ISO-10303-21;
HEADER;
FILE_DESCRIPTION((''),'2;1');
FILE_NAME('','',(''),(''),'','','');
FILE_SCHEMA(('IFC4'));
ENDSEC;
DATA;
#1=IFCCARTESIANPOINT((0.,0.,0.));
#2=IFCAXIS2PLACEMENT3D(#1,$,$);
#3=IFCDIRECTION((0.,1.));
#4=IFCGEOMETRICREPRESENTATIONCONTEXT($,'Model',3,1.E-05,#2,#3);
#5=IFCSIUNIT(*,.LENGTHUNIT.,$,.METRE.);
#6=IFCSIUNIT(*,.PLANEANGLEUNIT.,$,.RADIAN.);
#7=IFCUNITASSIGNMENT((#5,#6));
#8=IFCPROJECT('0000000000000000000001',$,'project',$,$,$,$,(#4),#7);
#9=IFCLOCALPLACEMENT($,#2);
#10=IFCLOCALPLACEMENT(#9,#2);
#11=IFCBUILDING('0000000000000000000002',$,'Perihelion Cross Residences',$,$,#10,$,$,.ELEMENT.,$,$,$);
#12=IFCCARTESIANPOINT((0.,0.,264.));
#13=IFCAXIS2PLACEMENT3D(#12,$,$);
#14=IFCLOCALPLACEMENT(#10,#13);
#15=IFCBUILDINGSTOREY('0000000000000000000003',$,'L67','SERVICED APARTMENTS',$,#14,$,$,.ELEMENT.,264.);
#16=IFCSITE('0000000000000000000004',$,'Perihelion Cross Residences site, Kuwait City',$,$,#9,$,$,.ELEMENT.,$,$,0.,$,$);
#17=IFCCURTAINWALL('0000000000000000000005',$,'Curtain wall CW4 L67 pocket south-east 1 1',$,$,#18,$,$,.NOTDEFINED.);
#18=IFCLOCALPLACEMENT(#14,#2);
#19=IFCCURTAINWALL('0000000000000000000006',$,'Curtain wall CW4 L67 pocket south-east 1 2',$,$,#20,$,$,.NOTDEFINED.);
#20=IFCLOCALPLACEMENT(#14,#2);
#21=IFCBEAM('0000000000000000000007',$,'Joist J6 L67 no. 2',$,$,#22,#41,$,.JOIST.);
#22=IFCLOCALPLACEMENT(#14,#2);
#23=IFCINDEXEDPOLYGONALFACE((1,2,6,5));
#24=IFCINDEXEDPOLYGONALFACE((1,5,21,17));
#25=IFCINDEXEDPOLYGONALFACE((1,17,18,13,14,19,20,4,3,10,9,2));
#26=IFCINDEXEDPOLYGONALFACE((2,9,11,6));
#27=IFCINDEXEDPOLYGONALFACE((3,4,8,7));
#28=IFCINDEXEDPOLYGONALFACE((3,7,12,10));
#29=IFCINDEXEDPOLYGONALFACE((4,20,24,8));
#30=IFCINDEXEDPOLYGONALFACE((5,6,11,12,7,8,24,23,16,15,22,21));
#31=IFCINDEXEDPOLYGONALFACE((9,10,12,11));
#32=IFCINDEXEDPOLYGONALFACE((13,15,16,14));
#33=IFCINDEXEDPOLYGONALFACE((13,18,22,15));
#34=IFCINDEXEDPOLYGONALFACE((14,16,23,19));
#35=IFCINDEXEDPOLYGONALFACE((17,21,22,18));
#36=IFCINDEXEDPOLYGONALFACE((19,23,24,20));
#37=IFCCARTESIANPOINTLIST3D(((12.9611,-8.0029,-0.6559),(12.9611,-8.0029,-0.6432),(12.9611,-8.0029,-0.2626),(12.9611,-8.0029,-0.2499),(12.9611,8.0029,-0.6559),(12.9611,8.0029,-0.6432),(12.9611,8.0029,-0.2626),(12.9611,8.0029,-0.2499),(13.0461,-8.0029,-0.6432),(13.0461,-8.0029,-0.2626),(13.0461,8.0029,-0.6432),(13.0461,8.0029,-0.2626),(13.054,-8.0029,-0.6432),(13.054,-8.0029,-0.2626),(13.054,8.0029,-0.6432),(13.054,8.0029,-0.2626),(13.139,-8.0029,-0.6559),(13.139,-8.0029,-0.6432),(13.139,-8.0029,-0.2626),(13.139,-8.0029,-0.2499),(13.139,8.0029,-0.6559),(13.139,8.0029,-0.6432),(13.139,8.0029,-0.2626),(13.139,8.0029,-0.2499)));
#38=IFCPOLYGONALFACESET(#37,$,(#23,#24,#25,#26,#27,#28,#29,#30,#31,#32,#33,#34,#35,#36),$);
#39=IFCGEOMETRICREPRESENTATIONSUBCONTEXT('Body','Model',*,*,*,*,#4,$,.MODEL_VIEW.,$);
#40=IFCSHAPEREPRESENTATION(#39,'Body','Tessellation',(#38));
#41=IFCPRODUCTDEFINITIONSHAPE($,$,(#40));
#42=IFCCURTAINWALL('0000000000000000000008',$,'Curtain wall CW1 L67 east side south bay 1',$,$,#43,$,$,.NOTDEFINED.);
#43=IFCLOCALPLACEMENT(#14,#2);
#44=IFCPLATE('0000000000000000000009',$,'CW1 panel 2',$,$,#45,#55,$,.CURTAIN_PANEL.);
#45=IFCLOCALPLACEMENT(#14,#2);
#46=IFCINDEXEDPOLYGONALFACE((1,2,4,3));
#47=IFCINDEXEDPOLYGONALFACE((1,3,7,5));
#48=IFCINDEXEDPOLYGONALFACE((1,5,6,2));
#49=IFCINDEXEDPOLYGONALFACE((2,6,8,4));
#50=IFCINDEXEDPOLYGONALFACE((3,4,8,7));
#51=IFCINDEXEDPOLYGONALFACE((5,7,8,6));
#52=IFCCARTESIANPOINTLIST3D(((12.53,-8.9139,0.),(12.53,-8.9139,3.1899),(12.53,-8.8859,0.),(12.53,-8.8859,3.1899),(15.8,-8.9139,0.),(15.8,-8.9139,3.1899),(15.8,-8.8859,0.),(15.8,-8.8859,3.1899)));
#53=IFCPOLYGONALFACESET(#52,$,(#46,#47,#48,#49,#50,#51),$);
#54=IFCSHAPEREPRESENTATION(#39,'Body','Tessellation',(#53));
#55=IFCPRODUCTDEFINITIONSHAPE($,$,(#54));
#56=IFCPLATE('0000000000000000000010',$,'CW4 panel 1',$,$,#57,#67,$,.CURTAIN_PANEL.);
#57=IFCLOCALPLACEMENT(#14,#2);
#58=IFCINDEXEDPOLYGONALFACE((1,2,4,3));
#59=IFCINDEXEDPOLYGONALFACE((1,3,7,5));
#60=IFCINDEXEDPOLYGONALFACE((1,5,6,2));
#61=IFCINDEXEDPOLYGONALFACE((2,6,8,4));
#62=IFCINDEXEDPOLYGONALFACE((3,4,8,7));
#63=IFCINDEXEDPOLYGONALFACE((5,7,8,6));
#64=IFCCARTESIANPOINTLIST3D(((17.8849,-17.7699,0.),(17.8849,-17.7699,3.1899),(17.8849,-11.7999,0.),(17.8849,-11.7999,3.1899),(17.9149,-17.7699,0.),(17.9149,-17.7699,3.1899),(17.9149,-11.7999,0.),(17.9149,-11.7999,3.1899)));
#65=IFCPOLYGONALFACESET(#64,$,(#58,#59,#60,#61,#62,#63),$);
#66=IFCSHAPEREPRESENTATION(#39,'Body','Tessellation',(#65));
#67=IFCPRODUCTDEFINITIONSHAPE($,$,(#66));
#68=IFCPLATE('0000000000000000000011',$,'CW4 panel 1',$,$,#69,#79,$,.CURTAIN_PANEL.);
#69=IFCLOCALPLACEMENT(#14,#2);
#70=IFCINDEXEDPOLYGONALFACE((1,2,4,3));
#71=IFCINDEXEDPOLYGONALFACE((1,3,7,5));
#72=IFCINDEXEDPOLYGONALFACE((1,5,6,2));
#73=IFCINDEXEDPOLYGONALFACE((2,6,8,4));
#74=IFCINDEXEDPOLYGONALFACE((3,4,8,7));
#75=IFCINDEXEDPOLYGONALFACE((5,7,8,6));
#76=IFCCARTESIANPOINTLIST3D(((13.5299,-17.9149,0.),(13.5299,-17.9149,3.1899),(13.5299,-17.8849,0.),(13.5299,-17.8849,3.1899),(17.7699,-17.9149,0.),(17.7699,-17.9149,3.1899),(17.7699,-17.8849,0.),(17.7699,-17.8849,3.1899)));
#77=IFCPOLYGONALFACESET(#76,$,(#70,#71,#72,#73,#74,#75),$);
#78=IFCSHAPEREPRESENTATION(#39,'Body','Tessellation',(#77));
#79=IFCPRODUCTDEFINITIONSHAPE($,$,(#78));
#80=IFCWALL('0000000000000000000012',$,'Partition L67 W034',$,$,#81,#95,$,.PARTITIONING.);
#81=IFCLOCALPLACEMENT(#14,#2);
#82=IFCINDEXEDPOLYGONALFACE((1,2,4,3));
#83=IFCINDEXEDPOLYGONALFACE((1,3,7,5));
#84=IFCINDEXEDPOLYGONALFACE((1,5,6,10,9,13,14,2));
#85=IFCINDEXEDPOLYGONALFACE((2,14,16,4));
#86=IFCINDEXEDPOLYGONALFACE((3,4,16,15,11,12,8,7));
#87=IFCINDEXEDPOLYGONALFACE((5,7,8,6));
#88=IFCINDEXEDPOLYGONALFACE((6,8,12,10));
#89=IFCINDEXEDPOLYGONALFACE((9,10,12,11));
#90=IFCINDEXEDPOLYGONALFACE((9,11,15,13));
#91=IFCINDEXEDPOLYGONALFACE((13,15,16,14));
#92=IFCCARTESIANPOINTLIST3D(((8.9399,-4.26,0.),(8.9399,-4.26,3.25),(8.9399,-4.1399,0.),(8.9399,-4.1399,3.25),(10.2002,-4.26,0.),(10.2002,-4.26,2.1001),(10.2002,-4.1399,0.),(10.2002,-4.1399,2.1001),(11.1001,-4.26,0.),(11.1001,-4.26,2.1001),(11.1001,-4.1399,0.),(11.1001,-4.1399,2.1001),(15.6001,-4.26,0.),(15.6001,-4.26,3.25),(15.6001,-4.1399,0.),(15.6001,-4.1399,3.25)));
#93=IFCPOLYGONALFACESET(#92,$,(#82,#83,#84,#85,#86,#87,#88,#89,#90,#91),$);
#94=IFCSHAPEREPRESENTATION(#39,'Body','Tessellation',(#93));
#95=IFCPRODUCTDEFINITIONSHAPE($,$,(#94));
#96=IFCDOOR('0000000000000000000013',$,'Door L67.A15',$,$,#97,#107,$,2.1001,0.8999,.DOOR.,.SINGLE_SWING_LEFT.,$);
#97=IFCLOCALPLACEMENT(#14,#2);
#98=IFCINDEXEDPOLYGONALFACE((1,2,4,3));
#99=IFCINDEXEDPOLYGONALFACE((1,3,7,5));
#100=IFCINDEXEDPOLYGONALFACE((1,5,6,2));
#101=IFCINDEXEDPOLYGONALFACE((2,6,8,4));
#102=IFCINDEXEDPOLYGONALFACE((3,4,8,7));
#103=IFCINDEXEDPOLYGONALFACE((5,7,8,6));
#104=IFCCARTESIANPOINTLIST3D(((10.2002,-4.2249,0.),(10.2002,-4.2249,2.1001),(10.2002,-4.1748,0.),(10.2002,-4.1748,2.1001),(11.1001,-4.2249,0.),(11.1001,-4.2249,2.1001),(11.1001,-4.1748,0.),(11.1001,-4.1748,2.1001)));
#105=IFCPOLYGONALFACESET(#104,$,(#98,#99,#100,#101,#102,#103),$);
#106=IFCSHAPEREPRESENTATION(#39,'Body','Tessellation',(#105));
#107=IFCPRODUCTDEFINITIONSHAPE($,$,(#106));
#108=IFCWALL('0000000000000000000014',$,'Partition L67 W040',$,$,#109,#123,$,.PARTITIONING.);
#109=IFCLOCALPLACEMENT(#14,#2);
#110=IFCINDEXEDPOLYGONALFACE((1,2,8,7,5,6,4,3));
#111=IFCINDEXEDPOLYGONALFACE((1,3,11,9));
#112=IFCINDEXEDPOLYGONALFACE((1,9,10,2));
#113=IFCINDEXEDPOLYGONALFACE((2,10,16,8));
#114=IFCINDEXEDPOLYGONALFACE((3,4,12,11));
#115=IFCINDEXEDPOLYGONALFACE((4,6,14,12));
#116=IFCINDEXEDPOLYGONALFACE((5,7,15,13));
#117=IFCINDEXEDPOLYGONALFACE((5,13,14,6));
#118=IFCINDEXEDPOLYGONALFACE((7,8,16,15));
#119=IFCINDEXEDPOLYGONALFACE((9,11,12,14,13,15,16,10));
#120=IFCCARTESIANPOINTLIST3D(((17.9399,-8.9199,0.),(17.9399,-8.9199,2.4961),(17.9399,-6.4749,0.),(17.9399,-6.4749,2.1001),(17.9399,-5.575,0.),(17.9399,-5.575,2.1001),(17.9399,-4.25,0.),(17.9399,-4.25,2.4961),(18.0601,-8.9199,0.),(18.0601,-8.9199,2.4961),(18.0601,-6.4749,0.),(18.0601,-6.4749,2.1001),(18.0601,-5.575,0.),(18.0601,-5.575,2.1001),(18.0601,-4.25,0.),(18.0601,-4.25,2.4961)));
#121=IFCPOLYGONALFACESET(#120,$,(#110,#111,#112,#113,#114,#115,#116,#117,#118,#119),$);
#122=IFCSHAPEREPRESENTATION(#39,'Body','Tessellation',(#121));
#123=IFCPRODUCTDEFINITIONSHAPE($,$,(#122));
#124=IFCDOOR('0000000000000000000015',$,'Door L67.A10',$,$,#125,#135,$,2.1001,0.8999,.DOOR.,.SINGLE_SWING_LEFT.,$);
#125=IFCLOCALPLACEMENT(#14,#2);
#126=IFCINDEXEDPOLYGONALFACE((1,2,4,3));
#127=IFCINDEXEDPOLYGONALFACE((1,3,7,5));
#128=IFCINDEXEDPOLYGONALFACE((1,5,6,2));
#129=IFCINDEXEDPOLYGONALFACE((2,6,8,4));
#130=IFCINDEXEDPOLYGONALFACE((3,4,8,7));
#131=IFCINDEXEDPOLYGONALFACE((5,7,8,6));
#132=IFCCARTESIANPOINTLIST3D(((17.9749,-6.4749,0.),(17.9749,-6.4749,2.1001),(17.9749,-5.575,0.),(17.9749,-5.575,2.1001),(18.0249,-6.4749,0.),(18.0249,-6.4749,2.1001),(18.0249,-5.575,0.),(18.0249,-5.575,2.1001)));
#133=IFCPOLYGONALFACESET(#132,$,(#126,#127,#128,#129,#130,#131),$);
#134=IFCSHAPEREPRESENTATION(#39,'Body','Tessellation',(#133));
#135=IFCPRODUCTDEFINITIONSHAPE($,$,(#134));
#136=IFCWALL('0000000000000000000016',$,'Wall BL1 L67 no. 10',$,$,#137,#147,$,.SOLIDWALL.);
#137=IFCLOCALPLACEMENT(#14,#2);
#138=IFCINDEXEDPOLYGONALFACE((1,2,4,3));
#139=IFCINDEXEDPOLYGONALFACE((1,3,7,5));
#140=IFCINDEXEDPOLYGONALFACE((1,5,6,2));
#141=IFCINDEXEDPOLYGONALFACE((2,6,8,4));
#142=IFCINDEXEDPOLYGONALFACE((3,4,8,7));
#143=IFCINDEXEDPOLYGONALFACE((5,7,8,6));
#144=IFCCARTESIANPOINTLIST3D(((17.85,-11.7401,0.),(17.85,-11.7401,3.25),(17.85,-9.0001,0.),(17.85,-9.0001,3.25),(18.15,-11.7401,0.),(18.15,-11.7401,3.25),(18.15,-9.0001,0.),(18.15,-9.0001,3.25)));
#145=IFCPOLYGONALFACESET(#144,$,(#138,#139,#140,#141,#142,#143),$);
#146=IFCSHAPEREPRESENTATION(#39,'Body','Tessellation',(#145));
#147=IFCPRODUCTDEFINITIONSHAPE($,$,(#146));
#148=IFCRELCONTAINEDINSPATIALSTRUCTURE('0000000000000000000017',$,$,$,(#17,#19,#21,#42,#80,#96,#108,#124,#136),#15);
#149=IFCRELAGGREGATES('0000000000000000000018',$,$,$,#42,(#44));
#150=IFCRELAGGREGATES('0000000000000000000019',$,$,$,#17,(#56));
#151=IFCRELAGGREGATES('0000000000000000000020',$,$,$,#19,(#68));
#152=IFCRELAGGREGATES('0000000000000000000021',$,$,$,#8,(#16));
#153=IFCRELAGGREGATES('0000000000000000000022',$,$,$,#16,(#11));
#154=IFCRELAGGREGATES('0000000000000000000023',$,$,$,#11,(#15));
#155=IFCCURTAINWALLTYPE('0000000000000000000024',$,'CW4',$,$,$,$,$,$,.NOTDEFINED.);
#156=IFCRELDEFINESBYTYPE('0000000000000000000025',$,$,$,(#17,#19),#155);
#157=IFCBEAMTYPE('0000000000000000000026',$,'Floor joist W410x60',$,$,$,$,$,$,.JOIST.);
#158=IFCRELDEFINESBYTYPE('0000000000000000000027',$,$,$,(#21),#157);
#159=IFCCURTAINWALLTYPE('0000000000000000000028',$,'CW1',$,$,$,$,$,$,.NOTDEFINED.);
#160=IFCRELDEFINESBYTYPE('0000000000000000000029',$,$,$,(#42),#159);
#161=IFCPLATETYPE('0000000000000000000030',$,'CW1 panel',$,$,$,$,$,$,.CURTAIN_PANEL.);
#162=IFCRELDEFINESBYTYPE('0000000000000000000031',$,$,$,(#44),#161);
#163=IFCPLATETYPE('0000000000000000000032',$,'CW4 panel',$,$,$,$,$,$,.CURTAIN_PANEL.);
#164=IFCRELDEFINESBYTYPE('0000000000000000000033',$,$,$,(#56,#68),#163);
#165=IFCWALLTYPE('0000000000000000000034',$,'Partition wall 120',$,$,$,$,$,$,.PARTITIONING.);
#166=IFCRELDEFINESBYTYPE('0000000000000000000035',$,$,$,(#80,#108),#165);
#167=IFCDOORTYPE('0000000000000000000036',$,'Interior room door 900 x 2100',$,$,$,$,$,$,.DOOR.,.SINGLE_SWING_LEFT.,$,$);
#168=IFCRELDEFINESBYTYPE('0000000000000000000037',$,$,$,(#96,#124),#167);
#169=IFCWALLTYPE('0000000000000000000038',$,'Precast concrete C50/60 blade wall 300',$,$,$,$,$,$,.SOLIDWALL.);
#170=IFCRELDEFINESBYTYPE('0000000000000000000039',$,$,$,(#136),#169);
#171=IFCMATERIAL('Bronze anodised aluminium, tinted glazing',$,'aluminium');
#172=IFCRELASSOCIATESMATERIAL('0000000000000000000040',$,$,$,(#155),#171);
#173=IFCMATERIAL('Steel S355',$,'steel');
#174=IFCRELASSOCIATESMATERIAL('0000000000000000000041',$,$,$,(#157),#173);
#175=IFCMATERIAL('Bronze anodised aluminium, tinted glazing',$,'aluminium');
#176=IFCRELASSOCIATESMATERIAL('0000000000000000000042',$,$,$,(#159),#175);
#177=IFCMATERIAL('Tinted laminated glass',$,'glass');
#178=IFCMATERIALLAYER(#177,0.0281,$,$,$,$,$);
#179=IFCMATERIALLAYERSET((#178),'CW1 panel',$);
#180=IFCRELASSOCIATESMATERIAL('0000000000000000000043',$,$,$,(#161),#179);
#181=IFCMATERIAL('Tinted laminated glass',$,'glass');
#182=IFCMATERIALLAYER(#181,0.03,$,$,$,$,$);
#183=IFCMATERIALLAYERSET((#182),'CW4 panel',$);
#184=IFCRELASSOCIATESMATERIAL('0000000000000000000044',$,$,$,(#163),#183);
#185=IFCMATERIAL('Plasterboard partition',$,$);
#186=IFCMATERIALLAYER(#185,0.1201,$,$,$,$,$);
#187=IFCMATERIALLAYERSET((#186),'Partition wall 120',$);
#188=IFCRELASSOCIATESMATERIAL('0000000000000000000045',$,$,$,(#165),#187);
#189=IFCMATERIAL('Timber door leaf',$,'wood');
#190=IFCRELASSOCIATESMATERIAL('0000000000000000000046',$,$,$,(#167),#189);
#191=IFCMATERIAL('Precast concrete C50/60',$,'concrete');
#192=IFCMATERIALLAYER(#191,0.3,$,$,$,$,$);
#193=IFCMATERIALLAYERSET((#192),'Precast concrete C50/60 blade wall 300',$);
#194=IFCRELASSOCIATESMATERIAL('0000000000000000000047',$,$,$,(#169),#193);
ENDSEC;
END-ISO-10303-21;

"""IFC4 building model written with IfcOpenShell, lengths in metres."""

from ifc_helpers import new_model, si_unit, direction, frame, frame_2d, origin, origin_2d, place, context, subcontext, project, spatial, rectangle, i_section, extrude, material, layer, layer_set, material_profile, profile_set, type_object, element, fill, aggregate, save


model = new_model("IFC4")

# Units and contexts
model_context = context("Model", 3, precision=1e-05, world=origin(), true_north=direction((0.0, 1.0)))
body_context = subcontext(model_context, "Body", "Model", "MODEL_VIEW")
ifc_project = project(units=[si_unit("LENGTHUNIT", "METRE"), si_unit("PLANEANGLEUNIT", "RADIAN")], contexts=[model_context])

# Site, building, storey
site_placement = place(None, origin())
site = spatial("IfcSite", under=ifc_project, at=site_placement, Name="Perihelion Cross Residences site, Kuwait City", CompositionType="ELEMENT", RefElevation=0.0)
building_placement = place(site_placement, origin())
building = spatial("IfcBuilding", under=site, at=building_placement, Name="Perihelion Cross Residences", CompositionType="ELEMENT")
storey_placement = place(building_placement, frame((0.0, 0.0, 264.0)))
storey = spatial("IfcBuildingStorey", under=building, at=storey_placement, Name="L67", Description="SERVICED APARTMENTS", CompositionType="ELEMENT", Elevation=264.0)

# Curtain walls
ifc_material_1 = material(Name="Bronze anodised aluminium, tinted glazing", Category="aluminium")
curtain_wall_type_1 = type_object("IfcCurtainWallType", Name="CW4", PredefinedType="NOTDEFINED", material=ifc_material_1)
curtain_wall_1_placement = place(storey_placement, origin())
curtain_wall_1 = element("IfcCurtainWall", 1, at=curtain_wall_1_placement, inside=storey, type_object=curtain_wall_type_1, Name="Curtain wall CW4 L67 pocket south-east 1 1", PredefinedType="NOTDEFINED")
curtain_wall_2_placement = place(storey_placement, origin())
curtain_wall_2 = element("IfcCurtainWall", 2, at=curtain_wall_2_placement, inside=storey, type_object=curtain_wall_type_1, Name="Curtain wall CW4 L67 pocket south-east 1 2", PredefinedType="NOTDEFINED")

# Beam
ifc_material_2 = material(Name="Steel S355", Category="steel")
ifc_material_profile_1 = material_profile(ifc_material_2, i_section(OverallWidth=0.178, OverallDepth=0.406, WebThickness=0.0078, FlangeThickness=0.0127, at=origin_2d()), Name="W410x60")
ifc_profile_set_1 = profile_set([ifc_material_profile_1], Name="Steel S355")
beam_type_1 = type_object("IfcBeamType", Name="Floor joist W410x60", PredefinedType="JOIST", material=ifc_profile_set_1)
beam_1_placement = place(storey_placement, frame((13.05, -8.0029, -0.4529), z_axis=(0.0, 1.0, 0.0), x_axis=(-1.0, 0.0, 0.0)))
element("IfcBeam", 3, at=beam_1_placement, inside=storey, type_object=beam_type_1, Name="Joist J6 L67 no. 2", PredefinedType="JOIST", context=body_context, shape_type="SweptSolid", body=[
    extrude(i_section(OverallWidth=0.178, OverallDepth=0.406, WebThickness=0.0078, FlangeThickness=0.0127, at=origin_2d()), origin(), (0.0, 0.0, 1.0), 16.0059),
])

# Curtain wall, plate
ifc_material_3 = material(Name="Bronze anodised aluminium, tinted glazing", Category="aluminium")
curtain_wall_type_2 = type_object("IfcCurtainWallType", Name="CW1", PredefinedType="NOTDEFINED", material=ifc_material_3)
curtain_wall_3_placement = place(storey_placement, origin())
curtain_wall_3 = element("IfcCurtainWall", 4, at=curtain_wall_3_placement, inside=storey, type_object=curtain_wall_type_2, Name="Curtain wall CW1 L67 east side south bay 1", PredefinedType="NOTDEFINED")
ifc_material_4 = material(Name="Tinted laminated glass", Category="glass")
ifc_layer_1 = layer(ifc_material_4, 0.0281)
ifc_layer_set_1 = layer_set([ifc_layer_1], Name="CW1 panel")
plate_type_1 = type_object("IfcPlateType", Name="CW1 panel", PredefinedType="CURTAIN_PANEL", material=ifc_layer_set_1)
plate_1_placement = place(storey_placement, frame((14.165, -8.8999, 0.0), z_axis=(0.0, 0.0, 1.0), x_axis=(1.0, 0.0, 0.0)))
plate_1 = element("IfcPlate", 5, at=plate_1_placement, type_object=plate_type_1, Name="CW1 panel 2", PredefinedType="CURTAIN_PANEL", context=body_context, shape_type="SweptSolid", body=[
    extrude(rectangle(XDim=3.27, YDim=0.0281, at=origin_2d()), origin(), (0.0, 0.0, 1.0), 3.1899),
])
aggregate(curtain_wall_3, [plate_1])

# Plates
ifc_material_5 = material(Name="Tinted laminated glass", Category="glass")
ifc_layer_2 = layer(ifc_material_5, 0.03)
ifc_layer_set_2 = layer_set([ifc_layer_2], Name="CW4 panel")
plate_type_2 = type_object("IfcPlateType", Name="CW4 panel", PredefinedType="CURTAIN_PANEL", material=ifc_layer_set_2)
plate_2_placement = place(storey_placement, frame((17.8999, -14.7849, 0.0), z_axis=(0.0, 0.0, 1.0), x_axis=(0.0, -1.0, 0.0)))
plate_2 = element("IfcPlate", 6, at=plate_2_placement, type_object=plate_type_2, Name="CW4 panel 1", PredefinedType="CURTAIN_PANEL", context=body_context, shape_type="SweptSolid", body=[
    extrude(rectangle(XDim=5.97, YDim=0.03, at=origin_2d()), origin(), (0.0, 0.0, 1.0), 3.1899),
])
aggregate(curtain_wall_1, [plate_2])
plate_3_placement = place(storey_placement, frame((15.6499, -17.8999, 0.0), z_axis=(0.0, 0.0, 1.0), x_axis=(-1.0, 0.0, 0.0)))
plate_3 = element("IfcPlate", 7, at=plate_3_placement, type_object=plate_type_2, Name="CW4 panel 1", PredefinedType="CURTAIN_PANEL", context=body_context, shape_type="SweptSolid", body=[
    extrude(rectangle(XDim=4.24, YDim=0.03, at=origin_2d()), origin(), (0.0, 0.0, 1.0), 3.1899),
])
aggregate(curtain_wall_2, [plate_3])

# Walls, openings, doors
ifc_material_6 = material(Name="Plasterboard partition")
ifc_layer_3 = layer(ifc_material_6, 0.1201)
ifc_layer_set_3 = layer_set([ifc_layer_3], Name="Partition wall 120")
wall_type_1 = type_object("IfcWallType", Name="Partition wall 120", PredefinedType="PARTITIONING", material=ifc_layer_set_3)
wall_1_placement = place(storey_placement, frame((15.6001, -4.2, 0.0), z_axis=(0.0, 0.0, 1.0), x_axis=(-1.0, 0.0, 0.0)))
wall_1 = element("IfcWall", 8, at=wall_1_placement, inside=storey, type_object=wall_type_1, Name="Partition L67 W034", PredefinedType="PARTITIONING", context=body_context, shape_type="SweptSolid", body=[
    extrude(rectangle(XDim=6.6602, YDim=0.1201, at=frame_2d((3.3301, 0.0))), origin(), (0.0, 0.0, 1.0), 3.25),
])
opening_1_placement = place(wall_1_placement, frame((4.5, 0.0, 0.0)))
opening_1 = element("IfcOpeningElement", 9, at=opening_1_placement, cuts=wall_1, PredefinedType="OPENING", context=body_context, shape_type="SweptSolid", body=[
    extrude(rectangle(XDim=0.8999, YDim=2.1001, at=frame_2d((0.45, 1.05))), frame((0.0, 0.0701, 0.0), z_axis=(0.0, -1.0, 0.0), x_axis=(1.0, 0.0, 0.0)), (0.0, 0.0, 1.0), 0.1401),
])
ifc_material_7 = material(Name="Timber door leaf", Category="wood")
door_type_1 = type_object("IfcDoorType", Name="Interior room door 900 x 2100", OperationType="SINGLE_SWING_LEFT", PredefinedType="DOOR", material=ifc_material_7)
door_1_placement = place(opening_1_placement, origin())
door_1 = element("IfcDoor", 10, at=door_1_placement, inside=storey, type_object=door_type_1, Name="Door L67.A15", OperationType="SINGLE_SWING_LEFT", OverallHeight=2.1001, OverallWidth=0.8999, PredefinedType="DOOR", context=body_context, shape_type="SweptSolid", body=[
    extrude(rectangle(XDim=0.8999, YDim=2.1001, at=frame_2d((0.45, 1.05))), frame((0.0, 0.0249, 0.0), z_axis=(0.0, -1.0, 0.0), x_axis=(1.0, 0.0, 0.0)), (0.0, 0.0, 1.0), 0.05),
])
fill(opening_1, door_1)
wall_2_placement = place(storey_placement, frame((18.0, -4.25, 0.0), z_axis=(0.0, 0.0, 1.0), x_axis=(0.0, -1.0, 0.0)))
wall_2 = element("IfcWall", 11, at=wall_2_placement, inside=storey, type_object=wall_type_1, Name="Partition L67 W040", PredefinedType="PARTITIONING", context=body_context, shape_type="SweptSolid", body=[
    extrude(rectangle(XDim=4.6699, YDim=0.1201, at=frame_2d((2.335, 0.0))), origin(), (0.0, 0.0, 1.0), 2.4961),
])
opening_2_placement = place(wall_2_placement, frame((1.325, 0.0, 0.0)))
opening_2 = element("IfcOpeningElement", 12, at=opening_2_placement, cuts=wall_2, PredefinedType="OPENING", context=body_context, shape_type="SweptSolid", body=[
    extrude(rectangle(XDim=0.8999, YDim=2.1001, at=frame_2d((0.45, 1.05))), frame((0.0, 0.0701, 0.0), z_axis=(0.0, -1.0, 0.0), x_axis=(1.0, 0.0, 0.0)), (0.0, 0.0, 1.0), 0.1401),
])
door_2_placement = place(opening_2_placement, origin())
door_2 = element("IfcDoor", 13, at=door_2_placement, inside=storey, type_object=door_type_1, Name="Door L67.A10", OperationType="SINGLE_SWING_LEFT", OverallHeight=2.1001, OverallWidth=0.8999, PredefinedType="DOOR", context=body_context, shape_type="SweptSolid", body=[
    extrude(rectangle(XDim=0.8999, YDim=2.1001, at=frame_2d((0.45, 1.05))), frame((0.0, 0.0249, 0.0), z_axis=(0.0, -1.0, 0.0), x_axis=(1.0, 0.0, 0.0)), (0.0, 0.0, 1.0), 0.05),
])
fill(opening_2, door_2)

# Wall
ifc_material_8 = material(Name="Precast concrete C50/60", Category="concrete")
ifc_layer_4 = layer(ifc_material_8, 0.3)
ifc_layer_set_4 = layer_set([ifc_layer_4], Name="Precast concrete C50/60 blade wall 300")
wall_type_2 = type_object("IfcWallType", Name="Precast concrete C50/60 blade wall 300", PredefinedType="SOLIDWALL", material=ifc_layer_set_4)
wall_3_placement = place(storey_placement, frame((18.0, -9.0, 0.0), z_axis=(0.0, 0.0, 1.0), x_axis=(0.0, -1.0, 0.0)))
element("IfcWall", 14, at=wall_3_placement, inside=storey, type_object=wall_type_2, Name="Wall BL1 L67 no. 10", PredefinedType="SOLIDWALL", context=body_context, shape_type="SweptSolid", body=[
    extrude(rectangle(XDim=2.74, YDim=0.3, at=frame_2d((1.3701, 0.0))), origin(), (0.0, 0.0, 1.0), 3.25),
])

save(model, "model.ifc")
